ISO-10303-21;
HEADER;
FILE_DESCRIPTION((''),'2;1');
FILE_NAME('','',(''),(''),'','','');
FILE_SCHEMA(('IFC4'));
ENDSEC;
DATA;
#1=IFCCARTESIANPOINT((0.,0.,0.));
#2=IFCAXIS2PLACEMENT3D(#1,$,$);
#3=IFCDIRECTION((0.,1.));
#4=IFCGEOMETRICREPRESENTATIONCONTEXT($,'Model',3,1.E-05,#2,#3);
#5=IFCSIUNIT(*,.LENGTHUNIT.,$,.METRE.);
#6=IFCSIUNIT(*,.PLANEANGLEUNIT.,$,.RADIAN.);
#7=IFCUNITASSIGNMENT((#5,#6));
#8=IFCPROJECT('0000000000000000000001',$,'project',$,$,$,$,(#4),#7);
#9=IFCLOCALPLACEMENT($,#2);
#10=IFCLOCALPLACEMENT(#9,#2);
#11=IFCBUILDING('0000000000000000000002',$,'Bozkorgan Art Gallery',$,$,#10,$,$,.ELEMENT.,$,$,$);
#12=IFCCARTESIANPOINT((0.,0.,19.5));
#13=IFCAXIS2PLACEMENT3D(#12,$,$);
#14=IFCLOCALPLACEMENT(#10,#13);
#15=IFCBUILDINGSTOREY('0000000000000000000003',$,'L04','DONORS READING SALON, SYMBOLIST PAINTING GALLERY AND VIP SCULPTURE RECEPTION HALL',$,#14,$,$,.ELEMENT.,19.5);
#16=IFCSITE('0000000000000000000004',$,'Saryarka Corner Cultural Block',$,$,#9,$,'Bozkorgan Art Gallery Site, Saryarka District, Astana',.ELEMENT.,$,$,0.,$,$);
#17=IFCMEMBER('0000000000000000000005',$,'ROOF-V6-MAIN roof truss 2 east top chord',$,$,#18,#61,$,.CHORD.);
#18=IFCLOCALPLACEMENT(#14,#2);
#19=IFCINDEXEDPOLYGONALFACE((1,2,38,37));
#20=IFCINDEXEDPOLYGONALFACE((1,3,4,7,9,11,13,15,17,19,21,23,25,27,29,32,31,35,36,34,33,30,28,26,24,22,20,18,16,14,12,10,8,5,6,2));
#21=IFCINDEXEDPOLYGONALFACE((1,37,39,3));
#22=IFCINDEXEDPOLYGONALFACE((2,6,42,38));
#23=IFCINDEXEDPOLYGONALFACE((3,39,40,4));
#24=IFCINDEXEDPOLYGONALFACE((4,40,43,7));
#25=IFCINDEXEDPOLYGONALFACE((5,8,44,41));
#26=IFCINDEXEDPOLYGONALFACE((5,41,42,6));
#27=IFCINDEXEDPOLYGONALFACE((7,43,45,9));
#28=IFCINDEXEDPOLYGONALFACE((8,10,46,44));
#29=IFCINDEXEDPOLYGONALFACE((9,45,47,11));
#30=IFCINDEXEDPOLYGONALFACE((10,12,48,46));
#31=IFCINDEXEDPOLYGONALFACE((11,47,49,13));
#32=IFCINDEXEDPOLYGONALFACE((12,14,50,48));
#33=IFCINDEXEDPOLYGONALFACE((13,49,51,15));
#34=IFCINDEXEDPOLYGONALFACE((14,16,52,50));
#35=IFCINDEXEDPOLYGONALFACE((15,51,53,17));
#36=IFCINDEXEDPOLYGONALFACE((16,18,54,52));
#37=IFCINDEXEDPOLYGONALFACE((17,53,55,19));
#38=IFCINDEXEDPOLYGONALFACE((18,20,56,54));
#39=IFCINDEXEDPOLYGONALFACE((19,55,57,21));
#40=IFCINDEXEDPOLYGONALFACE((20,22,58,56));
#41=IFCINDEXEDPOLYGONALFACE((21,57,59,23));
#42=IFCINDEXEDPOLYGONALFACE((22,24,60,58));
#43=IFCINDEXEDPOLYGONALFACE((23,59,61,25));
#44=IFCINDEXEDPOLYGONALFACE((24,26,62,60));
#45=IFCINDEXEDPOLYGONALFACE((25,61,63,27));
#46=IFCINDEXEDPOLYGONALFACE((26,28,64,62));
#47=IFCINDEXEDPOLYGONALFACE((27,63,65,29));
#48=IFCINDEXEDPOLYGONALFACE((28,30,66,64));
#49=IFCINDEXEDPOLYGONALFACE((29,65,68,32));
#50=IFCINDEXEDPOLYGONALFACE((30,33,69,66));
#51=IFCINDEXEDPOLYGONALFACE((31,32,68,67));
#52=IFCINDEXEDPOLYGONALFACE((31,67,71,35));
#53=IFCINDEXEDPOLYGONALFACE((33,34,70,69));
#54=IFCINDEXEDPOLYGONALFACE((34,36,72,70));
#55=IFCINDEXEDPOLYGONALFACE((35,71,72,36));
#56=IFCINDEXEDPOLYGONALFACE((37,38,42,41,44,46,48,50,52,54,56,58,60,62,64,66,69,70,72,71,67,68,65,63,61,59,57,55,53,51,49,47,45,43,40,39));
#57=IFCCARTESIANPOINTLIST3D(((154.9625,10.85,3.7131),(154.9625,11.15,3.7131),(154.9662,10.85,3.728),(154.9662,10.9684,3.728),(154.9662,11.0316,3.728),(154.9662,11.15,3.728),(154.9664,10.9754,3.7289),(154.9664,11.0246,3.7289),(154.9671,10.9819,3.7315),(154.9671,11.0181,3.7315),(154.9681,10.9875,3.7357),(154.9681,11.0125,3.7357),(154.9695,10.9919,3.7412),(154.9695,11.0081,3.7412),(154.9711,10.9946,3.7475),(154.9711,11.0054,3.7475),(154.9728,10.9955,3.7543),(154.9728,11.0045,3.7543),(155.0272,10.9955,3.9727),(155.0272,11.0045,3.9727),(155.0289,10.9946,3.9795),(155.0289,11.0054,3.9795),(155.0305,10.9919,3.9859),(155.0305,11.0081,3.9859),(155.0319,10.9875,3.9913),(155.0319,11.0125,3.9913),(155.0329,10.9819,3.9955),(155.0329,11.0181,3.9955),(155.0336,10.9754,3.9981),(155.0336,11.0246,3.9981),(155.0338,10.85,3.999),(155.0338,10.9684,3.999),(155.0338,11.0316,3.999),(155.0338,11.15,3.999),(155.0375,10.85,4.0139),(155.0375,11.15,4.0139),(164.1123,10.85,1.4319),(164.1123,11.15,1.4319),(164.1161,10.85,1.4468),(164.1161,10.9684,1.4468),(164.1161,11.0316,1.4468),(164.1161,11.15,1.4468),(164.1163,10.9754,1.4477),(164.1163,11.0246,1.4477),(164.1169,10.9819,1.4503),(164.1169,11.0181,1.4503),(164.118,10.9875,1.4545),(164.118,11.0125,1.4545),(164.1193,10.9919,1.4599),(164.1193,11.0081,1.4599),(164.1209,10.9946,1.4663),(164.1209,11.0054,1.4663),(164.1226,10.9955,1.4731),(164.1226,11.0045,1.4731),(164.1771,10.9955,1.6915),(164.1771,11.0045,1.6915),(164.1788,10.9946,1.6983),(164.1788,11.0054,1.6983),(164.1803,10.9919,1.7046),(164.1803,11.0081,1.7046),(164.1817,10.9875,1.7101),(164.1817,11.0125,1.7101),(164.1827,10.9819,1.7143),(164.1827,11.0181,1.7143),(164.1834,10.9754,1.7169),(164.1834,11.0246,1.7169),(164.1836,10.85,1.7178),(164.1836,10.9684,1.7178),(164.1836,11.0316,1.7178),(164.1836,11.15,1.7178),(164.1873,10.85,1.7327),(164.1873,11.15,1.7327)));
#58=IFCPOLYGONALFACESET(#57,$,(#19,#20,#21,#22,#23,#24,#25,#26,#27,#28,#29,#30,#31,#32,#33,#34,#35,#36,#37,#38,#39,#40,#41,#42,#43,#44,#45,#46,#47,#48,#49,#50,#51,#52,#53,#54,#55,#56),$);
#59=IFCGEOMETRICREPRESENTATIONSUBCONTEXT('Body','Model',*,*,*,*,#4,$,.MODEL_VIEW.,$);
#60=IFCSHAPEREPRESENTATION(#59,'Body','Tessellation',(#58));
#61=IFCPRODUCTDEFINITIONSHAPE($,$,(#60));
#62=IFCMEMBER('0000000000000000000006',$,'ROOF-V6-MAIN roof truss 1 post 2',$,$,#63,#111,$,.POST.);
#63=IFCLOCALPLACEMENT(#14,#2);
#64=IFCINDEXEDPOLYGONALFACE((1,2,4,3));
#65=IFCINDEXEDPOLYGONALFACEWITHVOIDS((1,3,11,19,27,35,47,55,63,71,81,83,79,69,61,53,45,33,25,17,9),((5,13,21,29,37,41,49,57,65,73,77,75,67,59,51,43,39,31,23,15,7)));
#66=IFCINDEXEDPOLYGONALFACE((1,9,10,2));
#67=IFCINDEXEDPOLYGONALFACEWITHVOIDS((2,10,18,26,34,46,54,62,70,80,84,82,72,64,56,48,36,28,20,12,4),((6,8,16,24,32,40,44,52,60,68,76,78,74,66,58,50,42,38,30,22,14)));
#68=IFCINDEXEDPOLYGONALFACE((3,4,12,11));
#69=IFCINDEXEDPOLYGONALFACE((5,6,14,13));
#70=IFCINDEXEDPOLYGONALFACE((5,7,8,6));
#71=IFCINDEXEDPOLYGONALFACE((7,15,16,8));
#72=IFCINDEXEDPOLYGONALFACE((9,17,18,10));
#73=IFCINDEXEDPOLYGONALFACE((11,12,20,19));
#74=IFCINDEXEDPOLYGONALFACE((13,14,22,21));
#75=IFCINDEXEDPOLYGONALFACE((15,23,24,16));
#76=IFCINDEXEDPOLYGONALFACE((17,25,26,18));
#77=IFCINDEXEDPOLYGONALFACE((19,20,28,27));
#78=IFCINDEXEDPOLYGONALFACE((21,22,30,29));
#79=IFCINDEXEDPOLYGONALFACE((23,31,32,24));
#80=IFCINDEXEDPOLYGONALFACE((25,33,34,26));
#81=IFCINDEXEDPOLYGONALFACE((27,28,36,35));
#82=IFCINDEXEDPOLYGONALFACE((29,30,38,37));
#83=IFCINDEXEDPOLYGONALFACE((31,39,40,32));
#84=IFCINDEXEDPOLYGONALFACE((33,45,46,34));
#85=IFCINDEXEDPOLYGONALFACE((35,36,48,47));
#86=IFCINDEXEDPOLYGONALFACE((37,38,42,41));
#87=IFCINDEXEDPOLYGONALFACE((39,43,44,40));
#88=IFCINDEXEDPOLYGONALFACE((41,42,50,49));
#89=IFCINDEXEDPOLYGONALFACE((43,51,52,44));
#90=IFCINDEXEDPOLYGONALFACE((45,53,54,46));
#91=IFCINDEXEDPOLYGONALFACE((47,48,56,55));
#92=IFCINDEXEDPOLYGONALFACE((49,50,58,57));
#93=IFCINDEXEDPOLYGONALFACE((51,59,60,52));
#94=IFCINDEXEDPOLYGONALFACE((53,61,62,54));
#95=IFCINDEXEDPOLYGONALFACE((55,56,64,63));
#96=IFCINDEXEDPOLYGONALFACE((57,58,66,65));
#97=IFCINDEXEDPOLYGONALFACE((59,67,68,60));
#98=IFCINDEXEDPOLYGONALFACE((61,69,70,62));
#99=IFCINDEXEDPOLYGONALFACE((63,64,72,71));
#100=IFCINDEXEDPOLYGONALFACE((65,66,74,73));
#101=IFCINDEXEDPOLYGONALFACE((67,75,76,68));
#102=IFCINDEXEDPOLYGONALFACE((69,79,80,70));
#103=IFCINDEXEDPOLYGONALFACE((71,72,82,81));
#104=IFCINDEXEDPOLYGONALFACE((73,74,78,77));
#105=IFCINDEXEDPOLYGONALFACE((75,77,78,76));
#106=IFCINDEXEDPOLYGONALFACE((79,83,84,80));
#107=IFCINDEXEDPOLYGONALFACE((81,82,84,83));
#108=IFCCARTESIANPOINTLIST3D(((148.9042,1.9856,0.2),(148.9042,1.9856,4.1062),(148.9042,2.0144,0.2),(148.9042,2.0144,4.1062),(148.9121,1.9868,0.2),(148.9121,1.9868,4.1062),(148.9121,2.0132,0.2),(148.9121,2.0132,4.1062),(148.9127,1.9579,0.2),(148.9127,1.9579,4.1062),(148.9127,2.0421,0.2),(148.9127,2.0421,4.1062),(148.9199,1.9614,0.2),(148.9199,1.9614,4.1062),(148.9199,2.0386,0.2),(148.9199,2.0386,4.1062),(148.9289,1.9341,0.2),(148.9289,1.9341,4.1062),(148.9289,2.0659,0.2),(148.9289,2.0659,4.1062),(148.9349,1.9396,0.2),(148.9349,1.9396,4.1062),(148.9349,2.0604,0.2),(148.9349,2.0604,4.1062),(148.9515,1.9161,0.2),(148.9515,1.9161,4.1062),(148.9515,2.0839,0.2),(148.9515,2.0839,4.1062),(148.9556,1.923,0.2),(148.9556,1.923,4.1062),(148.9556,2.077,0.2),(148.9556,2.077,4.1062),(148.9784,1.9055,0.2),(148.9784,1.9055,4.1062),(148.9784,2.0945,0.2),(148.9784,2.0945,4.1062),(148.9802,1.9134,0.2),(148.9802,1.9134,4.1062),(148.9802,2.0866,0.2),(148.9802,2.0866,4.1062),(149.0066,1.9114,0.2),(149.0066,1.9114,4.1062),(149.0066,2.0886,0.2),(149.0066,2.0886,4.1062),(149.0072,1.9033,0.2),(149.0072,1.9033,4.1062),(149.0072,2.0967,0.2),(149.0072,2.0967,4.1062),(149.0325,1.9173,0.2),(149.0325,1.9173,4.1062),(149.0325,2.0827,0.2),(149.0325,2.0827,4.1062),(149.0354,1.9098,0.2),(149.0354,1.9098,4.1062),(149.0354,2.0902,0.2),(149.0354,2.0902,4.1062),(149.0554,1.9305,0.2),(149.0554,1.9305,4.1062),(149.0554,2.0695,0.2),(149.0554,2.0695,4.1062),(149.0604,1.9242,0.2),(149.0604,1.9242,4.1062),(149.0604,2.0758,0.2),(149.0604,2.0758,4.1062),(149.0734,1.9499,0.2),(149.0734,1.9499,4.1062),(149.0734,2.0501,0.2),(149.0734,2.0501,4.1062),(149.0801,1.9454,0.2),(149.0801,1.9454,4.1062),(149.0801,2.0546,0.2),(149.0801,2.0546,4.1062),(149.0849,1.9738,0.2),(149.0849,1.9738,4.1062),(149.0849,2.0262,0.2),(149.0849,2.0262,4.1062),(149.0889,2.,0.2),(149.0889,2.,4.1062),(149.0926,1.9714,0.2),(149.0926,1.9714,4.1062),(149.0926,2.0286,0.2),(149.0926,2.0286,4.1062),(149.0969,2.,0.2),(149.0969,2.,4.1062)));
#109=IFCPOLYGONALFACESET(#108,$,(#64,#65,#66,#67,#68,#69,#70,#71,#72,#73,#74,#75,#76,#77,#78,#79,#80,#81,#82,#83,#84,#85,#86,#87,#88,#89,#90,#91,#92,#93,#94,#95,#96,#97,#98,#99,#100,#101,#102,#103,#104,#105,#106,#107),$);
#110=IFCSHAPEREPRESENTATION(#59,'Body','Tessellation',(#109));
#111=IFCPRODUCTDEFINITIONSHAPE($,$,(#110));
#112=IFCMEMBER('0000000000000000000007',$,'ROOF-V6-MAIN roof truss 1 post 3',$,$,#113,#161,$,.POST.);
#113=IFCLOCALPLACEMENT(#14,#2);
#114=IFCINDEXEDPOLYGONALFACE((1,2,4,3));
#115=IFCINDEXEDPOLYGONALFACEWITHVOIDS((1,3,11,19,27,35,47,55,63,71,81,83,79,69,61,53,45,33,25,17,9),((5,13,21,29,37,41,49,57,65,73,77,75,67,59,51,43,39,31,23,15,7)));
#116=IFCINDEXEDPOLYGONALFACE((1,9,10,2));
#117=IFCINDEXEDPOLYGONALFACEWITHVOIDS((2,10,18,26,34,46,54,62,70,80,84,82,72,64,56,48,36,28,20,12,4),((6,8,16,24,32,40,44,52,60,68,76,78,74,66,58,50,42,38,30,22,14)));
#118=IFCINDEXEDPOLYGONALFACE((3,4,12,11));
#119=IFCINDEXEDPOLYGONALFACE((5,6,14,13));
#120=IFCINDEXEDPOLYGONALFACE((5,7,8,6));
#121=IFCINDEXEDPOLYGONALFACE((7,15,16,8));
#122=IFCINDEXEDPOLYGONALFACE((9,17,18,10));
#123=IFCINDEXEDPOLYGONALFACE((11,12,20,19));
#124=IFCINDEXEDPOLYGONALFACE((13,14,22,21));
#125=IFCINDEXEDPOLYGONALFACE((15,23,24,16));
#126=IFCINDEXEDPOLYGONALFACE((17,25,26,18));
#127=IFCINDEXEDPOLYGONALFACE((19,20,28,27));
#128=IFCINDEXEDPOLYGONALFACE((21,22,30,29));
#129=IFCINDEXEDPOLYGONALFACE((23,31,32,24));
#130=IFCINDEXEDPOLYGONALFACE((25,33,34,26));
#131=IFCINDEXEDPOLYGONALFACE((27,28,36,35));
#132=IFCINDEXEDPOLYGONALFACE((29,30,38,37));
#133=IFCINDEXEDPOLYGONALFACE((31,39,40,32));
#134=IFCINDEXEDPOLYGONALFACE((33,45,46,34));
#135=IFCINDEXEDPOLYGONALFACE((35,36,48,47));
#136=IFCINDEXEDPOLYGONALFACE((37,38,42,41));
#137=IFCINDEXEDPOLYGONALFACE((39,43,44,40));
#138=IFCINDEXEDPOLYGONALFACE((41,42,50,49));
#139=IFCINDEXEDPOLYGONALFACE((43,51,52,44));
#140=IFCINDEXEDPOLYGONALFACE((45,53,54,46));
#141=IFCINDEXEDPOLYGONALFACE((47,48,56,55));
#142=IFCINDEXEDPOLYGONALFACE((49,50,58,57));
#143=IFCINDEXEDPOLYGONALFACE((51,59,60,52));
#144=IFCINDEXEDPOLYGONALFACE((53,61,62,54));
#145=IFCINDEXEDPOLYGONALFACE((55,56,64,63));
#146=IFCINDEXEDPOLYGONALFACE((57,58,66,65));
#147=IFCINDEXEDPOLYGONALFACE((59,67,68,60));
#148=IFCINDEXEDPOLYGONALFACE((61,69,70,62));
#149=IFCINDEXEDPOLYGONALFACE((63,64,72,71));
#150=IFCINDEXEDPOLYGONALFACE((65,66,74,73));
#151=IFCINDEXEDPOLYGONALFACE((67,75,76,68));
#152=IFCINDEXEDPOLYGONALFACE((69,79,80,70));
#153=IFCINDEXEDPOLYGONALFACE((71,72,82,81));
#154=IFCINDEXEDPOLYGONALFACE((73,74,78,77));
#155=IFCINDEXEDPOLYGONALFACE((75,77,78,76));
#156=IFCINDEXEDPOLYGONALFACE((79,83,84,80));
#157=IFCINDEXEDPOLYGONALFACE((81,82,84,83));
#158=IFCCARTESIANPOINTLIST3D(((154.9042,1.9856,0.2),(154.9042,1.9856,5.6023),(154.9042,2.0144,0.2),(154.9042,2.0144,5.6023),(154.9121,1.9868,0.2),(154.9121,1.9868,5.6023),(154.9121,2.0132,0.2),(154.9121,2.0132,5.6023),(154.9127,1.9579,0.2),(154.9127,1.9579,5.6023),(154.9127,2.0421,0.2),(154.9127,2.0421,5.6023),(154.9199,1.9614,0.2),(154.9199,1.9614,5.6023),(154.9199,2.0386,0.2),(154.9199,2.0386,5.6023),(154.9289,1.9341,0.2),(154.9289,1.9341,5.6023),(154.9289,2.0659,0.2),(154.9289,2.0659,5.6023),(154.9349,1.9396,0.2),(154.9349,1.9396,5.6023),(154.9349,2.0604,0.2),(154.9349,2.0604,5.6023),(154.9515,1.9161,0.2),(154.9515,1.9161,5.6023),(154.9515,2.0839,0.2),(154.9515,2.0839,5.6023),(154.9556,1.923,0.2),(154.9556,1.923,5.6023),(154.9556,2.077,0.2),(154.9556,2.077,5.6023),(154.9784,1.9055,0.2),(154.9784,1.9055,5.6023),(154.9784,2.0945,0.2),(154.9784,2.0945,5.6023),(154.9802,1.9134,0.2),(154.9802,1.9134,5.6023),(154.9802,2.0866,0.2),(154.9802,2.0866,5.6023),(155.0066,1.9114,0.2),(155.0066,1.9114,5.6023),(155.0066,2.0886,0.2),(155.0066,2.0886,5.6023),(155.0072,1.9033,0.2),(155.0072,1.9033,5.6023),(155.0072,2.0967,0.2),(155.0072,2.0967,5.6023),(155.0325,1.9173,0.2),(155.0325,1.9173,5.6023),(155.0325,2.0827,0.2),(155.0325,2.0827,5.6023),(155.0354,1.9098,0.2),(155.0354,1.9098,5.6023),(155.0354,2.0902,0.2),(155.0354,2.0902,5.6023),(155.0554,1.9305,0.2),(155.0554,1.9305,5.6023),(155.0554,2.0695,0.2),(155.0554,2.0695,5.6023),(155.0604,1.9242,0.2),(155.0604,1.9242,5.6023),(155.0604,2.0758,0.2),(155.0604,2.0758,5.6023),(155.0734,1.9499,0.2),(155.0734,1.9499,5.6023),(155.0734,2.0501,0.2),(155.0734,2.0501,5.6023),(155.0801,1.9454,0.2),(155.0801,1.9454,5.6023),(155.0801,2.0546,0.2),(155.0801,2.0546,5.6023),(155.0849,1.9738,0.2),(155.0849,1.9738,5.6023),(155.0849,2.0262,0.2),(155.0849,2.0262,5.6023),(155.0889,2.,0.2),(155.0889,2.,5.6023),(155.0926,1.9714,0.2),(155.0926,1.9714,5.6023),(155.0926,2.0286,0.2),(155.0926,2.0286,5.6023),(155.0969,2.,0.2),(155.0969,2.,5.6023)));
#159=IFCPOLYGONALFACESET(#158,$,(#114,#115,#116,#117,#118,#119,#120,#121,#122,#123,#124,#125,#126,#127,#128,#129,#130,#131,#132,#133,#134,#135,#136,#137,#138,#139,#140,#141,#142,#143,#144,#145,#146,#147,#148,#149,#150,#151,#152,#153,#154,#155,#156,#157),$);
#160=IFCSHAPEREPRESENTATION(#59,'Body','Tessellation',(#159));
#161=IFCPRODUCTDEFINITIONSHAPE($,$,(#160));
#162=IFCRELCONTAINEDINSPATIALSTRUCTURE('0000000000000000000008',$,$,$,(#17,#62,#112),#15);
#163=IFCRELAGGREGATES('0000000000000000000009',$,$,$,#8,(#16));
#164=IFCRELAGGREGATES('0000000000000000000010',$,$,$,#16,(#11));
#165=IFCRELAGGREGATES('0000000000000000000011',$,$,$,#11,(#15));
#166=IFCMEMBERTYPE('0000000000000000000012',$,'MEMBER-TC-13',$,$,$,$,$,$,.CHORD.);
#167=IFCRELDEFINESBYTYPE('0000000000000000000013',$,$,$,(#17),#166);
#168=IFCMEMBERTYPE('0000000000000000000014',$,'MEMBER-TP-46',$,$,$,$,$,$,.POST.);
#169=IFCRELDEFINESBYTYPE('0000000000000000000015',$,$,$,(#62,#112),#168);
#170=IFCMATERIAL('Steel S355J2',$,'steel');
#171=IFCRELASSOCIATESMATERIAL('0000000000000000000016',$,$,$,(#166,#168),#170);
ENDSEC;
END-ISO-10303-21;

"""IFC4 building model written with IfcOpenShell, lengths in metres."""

from ifc_helpers import new_model, si_unit, direction, frame, origin, origin_2d, place, context, subcontext, project, spatial, hollow_circle, i_section, extrude, material, material_profile, profile_set, type_object, element, save


model = new_model("IFC4")

# Units and contexts
model_context = context("Model", 3, precision=1e-05, world=origin(), true_north=direction((0.0, 1.0)))
body_context = subcontext(model_context, "Body", "Model", "MODEL_VIEW")
ifc_project = project(units=[si_unit("LENGTHUNIT", "METRE"), si_unit("PLANEANGLEUNIT", "RADIAN")], contexts=[model_context])

# Site, building, storey
site_placement = place(None, origin())
site = spatial("IfcSite", under=ifc_project, at=site_placement, Name="Saryarka Corner Cultural Block", LongName="Bozkorgan Art Gallery Site, Saryarka District, Astana", CompositionType="ELEMENT", RefElevation=0.0)
building_placement = place(site_placement, origin())
building = spatial("IfcBuilding", under=site, at=building_placement, Name="Bozkorgan Art Gallery", CompositionType="ELEMENT")
storey_placement = place(building_placement, frame((0.0, 0.0, 19.5)))
storey = spatial("IfcBuildingStorey", under=building, at=storey_placement, Name="L04", Description="DONORS READING SALON, SYMBOLIST PAINTING GALLERY AND VIP SCULPTURE RECEPTION HALL", CompositionType="ELEMENT", Elevation=19.5)

# Members
ifc_material_1 = material(Name="Steel S355J2", Category="steel")
ifc_material_profile_1 = material_profile(ifc_material_1, i_section(OverallWidth=0.3, OverallDepth=0.3101, WebThickness=0.009, FlangeThickness=0.0154, FilletRadius=0.0271, at=origin_2d()), Name="HEA 320")
ifc_profile_set_1 = profile_set([ifc_material_profile_1], Name="Steel S355J2")
member_type_1 = type_object("IfcMemberType", Name="MEMBER-TC-13", PredefinedType="CHORD", material=ifc_profile_set_1)
for number, where, z_axis, x_axis, name in (
    (1, (155.0, 11.0, 3.8635), (0.970298, 0.0, -0.241914), (0.0, 1.0, 0.0), "ROOF-V6-MAIN roof truss 2 east top chord"),
):
    element("IfcMember", number, at=place(storey_placement, frame(where, z_axis=z_axis, x_axis=x_axis)), inside=storey, type_object=member_type_1, Name=name, PredefinedType="CHORD", context=body_context, shape_type="SweptSolid", body=[
        extrude(i_section(OverallWidth=0.3, OverallDepth=0.3101, WebThickness=0.009, FlangeThickness=0.0154, FilletRadius=0.0271, at=origin_2d()), origin(), (0.0, 0.0, 1.0), 9.4299),
    ])
ifc_material_profile_2 = material_profile(ifc_material_1, hollow_circle(Radius=0.0969, WallThickness=0.0081, at=origin_2d()), Name="CHS 193.7x8")
ifc_profile_set_2 = profile_set([ifc_material_profile_2], Name="Steel S355J2")
member_type_2 = type_object("IfcMemberType", Name="MEMBER-TP-46", PredefinedType="POST", material=ifc_profile_set_2)
member_1_placement = place(storey_placement, frame((149.0, 2.0, 0.2), z_axis=(0.0, 0.0, 1.0), x_axis=(1.0, 0.0, 0.0)))
element("IfcMember", 2, at=member_1_placement, inside=storey, type_object=member_type_2, Name="ROOF-V6-MAIN roof truss 1 post 2", PredefinedType="POST", context=body_context, shape_type="SweptSolid", body=[
    extrude(hollow_circle(Radius=0.0969, WallThickness=0.0081, at=origin_2d()), origin(), (0.0, 0.0, 1.0), 3.9062),
])
member_2_placement = place(storey_placement, frame((155.0, 2.0, 0.2), z_axis=(0.0, 0.0, 1.0), x_axis=(1.0, 0.0, 0.0)))
element("IfcMember", 3, at=member_2_placement, inside=storey, type_object=member_type_2, Name="ROOF-V6-MAIN roof truss 1 post 3", PredefinedType="POST", context=body_context, shape_type="SweptSolid", body=[
    extrude(hollow_circle(Radius=0.0969, WallThickness=0.0081, at=origin_2d()), origin(), (0.0, 0.0, 1.0), 5.4023),
])

save(model, "model.ifc")
